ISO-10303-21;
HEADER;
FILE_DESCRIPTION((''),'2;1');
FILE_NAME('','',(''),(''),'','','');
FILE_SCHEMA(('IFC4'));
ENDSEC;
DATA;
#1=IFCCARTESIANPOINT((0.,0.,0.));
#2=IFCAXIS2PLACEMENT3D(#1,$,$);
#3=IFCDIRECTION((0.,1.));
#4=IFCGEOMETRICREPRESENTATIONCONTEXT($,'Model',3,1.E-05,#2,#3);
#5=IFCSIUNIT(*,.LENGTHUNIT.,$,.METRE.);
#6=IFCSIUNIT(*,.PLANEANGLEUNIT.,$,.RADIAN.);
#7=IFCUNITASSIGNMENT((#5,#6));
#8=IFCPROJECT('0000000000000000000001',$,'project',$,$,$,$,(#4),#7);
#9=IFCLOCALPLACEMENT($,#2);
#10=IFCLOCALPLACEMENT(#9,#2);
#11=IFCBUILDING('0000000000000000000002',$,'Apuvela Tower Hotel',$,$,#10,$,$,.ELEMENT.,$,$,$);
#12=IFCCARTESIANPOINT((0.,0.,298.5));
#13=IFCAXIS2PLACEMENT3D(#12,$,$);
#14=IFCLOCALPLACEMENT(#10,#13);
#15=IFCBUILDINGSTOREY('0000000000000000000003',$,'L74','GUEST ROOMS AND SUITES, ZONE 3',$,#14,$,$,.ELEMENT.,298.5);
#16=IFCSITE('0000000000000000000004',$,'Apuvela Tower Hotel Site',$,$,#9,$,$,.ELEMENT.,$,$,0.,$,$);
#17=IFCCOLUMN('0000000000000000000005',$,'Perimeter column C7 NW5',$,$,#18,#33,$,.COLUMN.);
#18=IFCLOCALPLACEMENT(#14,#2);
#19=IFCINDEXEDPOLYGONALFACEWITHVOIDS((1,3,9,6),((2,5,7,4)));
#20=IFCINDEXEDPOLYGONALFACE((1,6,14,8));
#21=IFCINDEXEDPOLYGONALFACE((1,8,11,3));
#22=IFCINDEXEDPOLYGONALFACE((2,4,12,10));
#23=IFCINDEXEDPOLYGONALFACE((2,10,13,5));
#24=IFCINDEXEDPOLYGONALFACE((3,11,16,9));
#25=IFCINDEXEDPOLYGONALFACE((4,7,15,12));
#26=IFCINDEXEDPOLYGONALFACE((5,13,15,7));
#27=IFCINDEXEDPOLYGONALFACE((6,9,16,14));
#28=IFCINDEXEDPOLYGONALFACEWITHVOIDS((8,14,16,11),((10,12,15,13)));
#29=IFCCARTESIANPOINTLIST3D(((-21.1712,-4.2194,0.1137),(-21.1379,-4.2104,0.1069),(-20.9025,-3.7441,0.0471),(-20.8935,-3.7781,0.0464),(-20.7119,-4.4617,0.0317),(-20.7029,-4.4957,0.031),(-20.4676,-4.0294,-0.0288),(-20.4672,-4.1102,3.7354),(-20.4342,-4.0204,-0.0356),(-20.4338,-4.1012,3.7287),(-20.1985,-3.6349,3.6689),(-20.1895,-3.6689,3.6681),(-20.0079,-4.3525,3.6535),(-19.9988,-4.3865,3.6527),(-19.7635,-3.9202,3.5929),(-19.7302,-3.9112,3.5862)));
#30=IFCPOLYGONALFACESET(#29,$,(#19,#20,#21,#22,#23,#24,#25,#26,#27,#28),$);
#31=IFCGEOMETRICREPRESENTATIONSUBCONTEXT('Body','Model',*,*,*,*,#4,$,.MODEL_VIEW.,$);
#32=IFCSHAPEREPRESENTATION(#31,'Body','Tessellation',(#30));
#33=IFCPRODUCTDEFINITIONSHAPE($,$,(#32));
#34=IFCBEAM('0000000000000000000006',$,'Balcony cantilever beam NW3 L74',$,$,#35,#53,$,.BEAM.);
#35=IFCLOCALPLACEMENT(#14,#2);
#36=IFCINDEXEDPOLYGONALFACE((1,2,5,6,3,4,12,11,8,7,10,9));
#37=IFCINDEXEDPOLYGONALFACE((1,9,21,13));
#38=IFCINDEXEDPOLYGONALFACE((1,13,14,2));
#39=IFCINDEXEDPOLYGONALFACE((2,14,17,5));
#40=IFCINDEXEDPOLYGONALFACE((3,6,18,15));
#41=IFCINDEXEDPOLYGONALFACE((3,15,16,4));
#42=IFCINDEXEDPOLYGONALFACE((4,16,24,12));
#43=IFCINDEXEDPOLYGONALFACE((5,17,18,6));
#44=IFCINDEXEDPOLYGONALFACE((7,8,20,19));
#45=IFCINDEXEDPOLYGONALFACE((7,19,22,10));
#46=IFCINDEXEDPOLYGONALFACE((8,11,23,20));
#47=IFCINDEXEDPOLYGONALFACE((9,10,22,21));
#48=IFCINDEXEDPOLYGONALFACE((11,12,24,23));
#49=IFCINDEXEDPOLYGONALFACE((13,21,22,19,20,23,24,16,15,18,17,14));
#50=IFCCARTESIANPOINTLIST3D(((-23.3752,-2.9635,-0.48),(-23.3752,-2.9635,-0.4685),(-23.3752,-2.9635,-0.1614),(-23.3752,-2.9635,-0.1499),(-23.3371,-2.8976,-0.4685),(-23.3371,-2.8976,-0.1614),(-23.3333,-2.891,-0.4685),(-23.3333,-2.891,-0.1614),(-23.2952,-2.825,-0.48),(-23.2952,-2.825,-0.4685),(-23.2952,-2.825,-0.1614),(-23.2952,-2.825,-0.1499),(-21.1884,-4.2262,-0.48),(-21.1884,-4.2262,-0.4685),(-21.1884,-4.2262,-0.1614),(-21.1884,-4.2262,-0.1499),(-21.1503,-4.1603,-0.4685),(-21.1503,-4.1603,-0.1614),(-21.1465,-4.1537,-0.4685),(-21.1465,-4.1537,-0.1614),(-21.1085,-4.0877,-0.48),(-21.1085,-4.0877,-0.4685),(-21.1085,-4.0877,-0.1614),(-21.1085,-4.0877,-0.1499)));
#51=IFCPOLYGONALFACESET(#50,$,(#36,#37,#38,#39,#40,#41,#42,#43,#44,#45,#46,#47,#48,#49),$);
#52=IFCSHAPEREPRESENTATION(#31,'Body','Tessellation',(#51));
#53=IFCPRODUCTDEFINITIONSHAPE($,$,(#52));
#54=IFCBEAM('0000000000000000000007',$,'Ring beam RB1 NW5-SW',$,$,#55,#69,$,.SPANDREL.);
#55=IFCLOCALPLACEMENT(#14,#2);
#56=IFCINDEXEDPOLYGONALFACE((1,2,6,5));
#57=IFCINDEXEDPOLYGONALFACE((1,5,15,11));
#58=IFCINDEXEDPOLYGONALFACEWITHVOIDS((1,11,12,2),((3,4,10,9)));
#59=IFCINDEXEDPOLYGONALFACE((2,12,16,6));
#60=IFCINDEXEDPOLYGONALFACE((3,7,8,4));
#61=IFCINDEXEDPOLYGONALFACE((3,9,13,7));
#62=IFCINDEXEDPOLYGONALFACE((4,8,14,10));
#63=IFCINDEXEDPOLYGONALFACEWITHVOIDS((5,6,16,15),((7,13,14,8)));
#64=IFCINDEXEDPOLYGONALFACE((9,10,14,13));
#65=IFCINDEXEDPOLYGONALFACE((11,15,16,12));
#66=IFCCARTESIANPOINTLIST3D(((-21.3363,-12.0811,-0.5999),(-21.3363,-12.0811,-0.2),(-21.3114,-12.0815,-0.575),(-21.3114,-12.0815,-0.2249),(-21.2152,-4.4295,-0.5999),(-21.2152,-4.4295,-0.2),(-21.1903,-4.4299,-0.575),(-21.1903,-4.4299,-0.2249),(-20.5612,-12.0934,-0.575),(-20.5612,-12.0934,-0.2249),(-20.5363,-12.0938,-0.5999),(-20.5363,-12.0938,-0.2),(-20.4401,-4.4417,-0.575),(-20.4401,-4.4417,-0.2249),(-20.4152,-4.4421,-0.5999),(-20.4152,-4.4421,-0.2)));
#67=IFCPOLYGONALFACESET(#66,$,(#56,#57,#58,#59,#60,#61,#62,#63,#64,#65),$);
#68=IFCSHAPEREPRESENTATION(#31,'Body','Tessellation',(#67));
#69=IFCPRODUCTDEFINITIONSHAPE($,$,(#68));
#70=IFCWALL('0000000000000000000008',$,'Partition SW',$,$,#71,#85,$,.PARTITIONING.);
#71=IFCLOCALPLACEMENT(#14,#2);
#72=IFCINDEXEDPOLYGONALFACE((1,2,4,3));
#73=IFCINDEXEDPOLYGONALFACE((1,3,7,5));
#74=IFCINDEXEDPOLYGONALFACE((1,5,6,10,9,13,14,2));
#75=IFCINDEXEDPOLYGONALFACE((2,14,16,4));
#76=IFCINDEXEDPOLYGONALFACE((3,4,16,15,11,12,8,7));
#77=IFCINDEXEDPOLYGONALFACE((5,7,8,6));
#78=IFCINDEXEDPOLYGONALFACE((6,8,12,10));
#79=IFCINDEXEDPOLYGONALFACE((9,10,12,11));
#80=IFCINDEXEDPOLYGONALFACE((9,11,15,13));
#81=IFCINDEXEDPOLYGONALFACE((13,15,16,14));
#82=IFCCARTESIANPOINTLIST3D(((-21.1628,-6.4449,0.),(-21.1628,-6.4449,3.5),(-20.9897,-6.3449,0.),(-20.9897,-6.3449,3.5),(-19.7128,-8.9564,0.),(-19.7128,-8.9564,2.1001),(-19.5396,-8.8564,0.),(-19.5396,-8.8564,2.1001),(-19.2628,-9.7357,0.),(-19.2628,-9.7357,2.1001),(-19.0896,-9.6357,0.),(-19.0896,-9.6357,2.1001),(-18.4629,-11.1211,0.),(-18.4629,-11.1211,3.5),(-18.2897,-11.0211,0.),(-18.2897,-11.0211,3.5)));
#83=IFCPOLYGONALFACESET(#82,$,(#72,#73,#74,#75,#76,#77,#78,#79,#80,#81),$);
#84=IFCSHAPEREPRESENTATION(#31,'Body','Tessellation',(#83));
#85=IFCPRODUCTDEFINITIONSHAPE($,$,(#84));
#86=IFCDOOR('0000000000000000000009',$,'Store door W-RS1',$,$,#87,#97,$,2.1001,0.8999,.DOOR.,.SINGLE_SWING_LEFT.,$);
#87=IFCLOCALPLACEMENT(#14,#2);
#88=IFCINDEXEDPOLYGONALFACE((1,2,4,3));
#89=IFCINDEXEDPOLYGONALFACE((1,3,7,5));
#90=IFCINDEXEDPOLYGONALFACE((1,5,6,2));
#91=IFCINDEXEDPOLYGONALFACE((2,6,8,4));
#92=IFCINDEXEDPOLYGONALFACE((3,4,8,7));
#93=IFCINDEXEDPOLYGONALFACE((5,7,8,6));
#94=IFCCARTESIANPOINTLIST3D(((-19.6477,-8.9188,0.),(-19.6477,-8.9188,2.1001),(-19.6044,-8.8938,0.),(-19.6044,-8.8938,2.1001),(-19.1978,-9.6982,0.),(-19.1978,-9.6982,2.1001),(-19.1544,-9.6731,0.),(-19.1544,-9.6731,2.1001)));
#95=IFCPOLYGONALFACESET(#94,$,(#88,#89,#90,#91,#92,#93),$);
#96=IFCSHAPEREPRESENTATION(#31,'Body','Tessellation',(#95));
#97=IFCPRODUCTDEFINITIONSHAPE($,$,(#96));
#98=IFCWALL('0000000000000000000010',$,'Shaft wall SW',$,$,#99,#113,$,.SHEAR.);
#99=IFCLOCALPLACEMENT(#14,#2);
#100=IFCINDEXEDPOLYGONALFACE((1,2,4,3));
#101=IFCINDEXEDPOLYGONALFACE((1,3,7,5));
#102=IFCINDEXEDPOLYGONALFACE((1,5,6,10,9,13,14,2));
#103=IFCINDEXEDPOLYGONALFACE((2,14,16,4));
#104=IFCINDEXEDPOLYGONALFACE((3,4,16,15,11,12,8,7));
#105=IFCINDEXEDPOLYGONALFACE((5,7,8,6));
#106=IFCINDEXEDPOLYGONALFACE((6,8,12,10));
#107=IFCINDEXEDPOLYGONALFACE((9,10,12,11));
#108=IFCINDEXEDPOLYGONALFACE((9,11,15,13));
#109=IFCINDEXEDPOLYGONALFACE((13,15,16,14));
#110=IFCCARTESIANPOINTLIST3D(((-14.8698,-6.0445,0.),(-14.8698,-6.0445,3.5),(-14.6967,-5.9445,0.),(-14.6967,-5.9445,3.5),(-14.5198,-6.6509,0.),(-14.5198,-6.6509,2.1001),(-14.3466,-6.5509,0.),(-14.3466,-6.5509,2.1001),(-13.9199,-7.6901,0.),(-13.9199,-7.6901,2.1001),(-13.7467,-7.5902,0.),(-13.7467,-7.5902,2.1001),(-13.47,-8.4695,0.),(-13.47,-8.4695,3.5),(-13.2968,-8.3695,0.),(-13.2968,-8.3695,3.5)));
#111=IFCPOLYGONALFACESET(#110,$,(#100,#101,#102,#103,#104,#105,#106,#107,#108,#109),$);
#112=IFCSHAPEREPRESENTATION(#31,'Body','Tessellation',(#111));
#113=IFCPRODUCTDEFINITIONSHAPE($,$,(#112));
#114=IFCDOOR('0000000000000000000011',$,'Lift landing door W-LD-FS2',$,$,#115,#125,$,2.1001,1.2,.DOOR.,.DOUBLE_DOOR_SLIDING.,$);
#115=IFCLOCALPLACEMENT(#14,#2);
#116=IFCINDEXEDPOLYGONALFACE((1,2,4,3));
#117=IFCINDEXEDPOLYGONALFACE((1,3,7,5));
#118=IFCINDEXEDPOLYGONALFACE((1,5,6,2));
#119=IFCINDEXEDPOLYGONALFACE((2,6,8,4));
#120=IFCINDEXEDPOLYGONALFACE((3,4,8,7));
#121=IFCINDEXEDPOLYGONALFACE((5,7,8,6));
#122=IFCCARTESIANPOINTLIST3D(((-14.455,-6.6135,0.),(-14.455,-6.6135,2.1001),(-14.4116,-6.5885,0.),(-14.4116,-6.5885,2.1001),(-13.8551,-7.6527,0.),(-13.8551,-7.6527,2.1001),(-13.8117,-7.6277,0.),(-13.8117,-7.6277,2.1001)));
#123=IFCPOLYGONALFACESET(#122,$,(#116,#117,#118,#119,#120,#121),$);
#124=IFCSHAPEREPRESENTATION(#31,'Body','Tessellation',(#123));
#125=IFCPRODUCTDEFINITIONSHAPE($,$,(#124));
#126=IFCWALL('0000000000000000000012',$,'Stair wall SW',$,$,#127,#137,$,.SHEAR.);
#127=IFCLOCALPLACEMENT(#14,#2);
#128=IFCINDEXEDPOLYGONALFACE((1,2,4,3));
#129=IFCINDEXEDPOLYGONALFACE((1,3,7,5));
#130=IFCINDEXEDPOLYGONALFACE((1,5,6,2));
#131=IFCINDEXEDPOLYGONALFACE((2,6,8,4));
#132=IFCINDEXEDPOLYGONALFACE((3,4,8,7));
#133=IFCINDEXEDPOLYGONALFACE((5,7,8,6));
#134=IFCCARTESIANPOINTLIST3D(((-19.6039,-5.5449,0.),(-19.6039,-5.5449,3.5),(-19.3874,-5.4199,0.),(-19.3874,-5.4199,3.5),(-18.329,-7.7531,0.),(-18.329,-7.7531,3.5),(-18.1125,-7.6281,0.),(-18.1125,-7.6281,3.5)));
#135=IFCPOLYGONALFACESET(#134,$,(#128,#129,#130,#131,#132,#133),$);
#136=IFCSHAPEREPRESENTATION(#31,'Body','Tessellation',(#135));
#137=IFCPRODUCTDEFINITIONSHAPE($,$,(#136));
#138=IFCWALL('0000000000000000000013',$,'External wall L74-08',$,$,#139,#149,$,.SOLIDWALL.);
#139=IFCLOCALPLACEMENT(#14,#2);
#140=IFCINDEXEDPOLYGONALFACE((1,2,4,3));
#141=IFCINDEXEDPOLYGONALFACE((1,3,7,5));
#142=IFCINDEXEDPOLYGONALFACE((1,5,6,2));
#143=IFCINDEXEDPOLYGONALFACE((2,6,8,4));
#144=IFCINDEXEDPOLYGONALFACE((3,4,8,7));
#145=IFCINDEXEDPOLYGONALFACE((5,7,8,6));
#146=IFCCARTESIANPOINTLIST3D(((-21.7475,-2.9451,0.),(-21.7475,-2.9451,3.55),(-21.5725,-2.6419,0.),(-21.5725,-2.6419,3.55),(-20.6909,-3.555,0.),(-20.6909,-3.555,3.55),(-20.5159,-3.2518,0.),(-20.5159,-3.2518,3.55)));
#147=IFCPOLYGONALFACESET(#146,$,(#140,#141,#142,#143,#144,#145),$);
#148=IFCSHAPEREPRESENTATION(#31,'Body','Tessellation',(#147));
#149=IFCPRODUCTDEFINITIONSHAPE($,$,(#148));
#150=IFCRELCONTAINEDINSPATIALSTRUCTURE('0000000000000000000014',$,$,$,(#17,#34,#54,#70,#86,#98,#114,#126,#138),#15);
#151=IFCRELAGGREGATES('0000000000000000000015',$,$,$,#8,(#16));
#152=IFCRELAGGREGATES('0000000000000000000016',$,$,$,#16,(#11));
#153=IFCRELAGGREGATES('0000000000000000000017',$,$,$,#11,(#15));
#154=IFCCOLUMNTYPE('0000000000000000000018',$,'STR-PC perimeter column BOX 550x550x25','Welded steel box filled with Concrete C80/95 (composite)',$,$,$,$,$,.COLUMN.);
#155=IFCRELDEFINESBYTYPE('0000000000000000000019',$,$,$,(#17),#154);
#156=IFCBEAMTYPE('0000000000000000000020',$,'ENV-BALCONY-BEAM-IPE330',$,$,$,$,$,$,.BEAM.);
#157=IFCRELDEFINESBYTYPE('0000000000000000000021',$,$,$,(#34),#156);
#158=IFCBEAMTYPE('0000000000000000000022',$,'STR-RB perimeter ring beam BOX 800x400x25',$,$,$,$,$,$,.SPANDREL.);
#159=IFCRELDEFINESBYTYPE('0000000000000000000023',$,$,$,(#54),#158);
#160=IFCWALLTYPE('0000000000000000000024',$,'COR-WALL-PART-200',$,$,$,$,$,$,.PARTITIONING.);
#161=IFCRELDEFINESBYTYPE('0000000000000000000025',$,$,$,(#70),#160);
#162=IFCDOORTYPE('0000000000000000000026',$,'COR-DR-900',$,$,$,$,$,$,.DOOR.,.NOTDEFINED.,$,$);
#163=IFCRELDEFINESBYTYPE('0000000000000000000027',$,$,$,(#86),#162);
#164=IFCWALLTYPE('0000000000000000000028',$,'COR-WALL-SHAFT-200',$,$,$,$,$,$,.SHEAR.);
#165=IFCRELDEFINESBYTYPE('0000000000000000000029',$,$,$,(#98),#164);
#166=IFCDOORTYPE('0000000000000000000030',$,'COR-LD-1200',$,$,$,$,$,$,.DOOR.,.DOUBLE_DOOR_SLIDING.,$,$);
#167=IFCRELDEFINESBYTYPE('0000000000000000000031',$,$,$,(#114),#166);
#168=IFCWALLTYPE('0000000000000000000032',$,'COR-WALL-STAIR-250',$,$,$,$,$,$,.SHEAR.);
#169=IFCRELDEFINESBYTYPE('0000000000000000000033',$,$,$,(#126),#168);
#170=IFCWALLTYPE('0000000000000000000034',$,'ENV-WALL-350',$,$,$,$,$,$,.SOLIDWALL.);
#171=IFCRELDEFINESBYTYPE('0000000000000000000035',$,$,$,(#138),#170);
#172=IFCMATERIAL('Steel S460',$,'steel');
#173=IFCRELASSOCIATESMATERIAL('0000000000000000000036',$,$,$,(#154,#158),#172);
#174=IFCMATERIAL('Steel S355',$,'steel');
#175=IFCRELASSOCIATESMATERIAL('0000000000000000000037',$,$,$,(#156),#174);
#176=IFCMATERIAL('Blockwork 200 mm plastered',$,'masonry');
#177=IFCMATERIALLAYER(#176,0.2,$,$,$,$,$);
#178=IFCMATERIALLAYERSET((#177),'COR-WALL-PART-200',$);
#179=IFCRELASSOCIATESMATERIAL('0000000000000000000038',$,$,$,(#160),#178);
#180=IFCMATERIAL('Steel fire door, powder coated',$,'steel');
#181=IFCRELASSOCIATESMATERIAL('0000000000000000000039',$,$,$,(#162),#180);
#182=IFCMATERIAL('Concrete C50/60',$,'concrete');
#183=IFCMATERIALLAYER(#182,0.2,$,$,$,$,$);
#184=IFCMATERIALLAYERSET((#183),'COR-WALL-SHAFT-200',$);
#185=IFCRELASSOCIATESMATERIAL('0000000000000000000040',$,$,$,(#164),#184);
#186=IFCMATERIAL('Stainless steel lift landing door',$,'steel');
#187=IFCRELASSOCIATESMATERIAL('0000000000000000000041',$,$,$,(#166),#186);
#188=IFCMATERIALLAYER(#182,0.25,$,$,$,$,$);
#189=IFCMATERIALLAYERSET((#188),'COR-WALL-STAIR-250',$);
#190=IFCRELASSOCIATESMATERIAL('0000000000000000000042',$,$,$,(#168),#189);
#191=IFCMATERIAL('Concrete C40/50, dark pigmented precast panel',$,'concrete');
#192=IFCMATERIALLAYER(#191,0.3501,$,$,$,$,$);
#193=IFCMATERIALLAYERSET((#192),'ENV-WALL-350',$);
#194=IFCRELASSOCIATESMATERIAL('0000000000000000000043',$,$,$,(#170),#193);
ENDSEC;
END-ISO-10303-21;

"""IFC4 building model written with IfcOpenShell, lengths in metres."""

from ifc_helpers import new_model, si_unit, direction, frame, frame_2d, origin, origin_2d, place, context, subcontext, project, spatial, rectangle, hollow_rectangle, i_section, extrude, boolean, halfspace, material, layer, layer_set, material_profile, profile_set, type_object, element, fill, save


model = new_model("IFC4")

# Units and contexts
model_context = context("Model", 3, precision=1e-05, world=origin(), true_north=direction((0.0, 1.0)))
body_context = subcontext(model_context, "Body", "Model", "MODEL_VIEW")
ifc_project = project(units=[si_unit("LENGTHUNIT", "METRE"), si_unit("PLANEANGLEUNIT", "RADIAN")], contexts=[model_context])

# Site, building, storey
site_placement = place(None, origin())
site = spatial("IfcSite", under=ifc_project, at=site_placement, Name="Apuvela Tower Hotel Site", CompositionType="ELEMENT", RefElevation=0.0)
building_placement = place(site_placement, origin())
building = spatial("IfcBuilding", under=site, at=building_placement, Name="Apuvela Tower Hotel", CompositionType="ELEMENT")
storey_placement = place(building_placement, frame((0.0, 0.0, 298.5)))
storey = spatial("IfcBuildingStorey", under=building, at=storey_placement, Name="L74", Description="GUEST ROOMS AND SUITES, ZONE 3", CompositionType="ELEMENT", Elevation=298.5)

# Column
ifc_material_1 = material(Name="Steel S460", Category="steel")
ifc_material_profile_1 = material_profile(ifc_material_1, hollow_rectangle(XDim=0.55, YDim=0.55, WallThickness=0.0249, at=origin_2d()), Name="BOX 550x550x25")
ifc_material_2 = material(Name="Concrete C80/95", Category="concrete")
ifc_material_profile_2 = material_profile(ifc_material_2, rectangle(XDim=0.5, YDim=0.5, at=origin_2d()), Name="Concrete C80/95 infill")
ifc_profile_set_1 = profile_set([ifc_material_profile_1, ifc_material_profile_2], Name="Steel S460")
column_type = type_object("IfcColumnType", Name="STR-PC perimeter column BOX 550x550x25", Description="Welded steel box filled with Concrete C80/95 (composite)", PredefinedType="COLUMN", material=ifc_profile_set_1)
column_placement = place(storey_placement, frame((-20.8103, -4.1211, 0.0), z_axis=(0.190736, 0.029588, 0.981195), x_axis=(-0.488489, -0.864137, 0.121016)))
element("IfcColumn", 1, at=column_placement, inside=storey, type_object=column_type, Name="Perimeter column C7 NW5", PredefinedType="COLUMN", context=body_context, shape_type="SweptSolid", body=[
    boolean("DIFFERENCE", boolean("DIFFERENCE", extrude(hollow_rectangle(XDim=0.55, YDim=0.55, WallThickness=0.0249, at=origin_2d()), origin(), (0.0, 0.0, 1.0), 3.7708), halfspace(frame((0.0, 0.0, 0.0398), z_axis=(0.0, 0.0, 1.0), x_axis=(1.0, 0.0, 0.0)), True)), halfspace(frame((0.0, 0.0, 3.731), z_axis=(0.0, 0.0, 1.0), x_axis=(1.0, 0.0, 0.0)), False)),
])

# Beams
ifc_material_3 = material(Name="Steel S355", Category="steel")
ifc_material_profile_3 = material_profile(ifc_material_3, i_section(OverallWidth=0.1599, OverallDepth=0.3301, WebThickness=0.0076, FlangeThickness=0.0115, at=origin_2d()), Name="IPE 330")
ifc_profile_set_2 = profile_set([ifc_material_profile_3], Name="Steel S355")
beam_type_1 = type_object("IfcBeamType", Name="ENV-BALCONY-BEAM-IPE330", PredefinedType="BEAM", material=ifc_profile_set_2)
beam_1_placement = place(storey_placement, frame((-21.1484, -4.157, -0.3149), z_axis=(-0.865997, 0.500049, 0.0), x_axis=(-0.500049, -0.865997, 0.0)))
element("IfcBeam", 2, at=beam_1_placement, inside=storey, type_object=beam_type_1, Name="Balcony cantilever beam NW3 L74", PredefinedType="BEAM", context=body_context, shape_type="SweptSolid", body=[
    extrude(i_section(OverallWidth=0.1599, OverallDepth=0.3301, WebThickness=0.0076, FlangeThickness=0.0115, at=origin_2d()), origin(), (0.0, 0.0, 1.0), 2.5251),
])
ifc_material_profile_4 = material_profile(ifc_material_1, hollow_rectangle(XDim=0.8, YDim=0.3999, WallThickness=0.0249, at=origin_2d()), Name="BOX 800x400x25")
ifc_profile_set_3 = profile_set([ifc_material_profile_4], Name="Steel S460")
beam_type_2 = type_object("IfcBeamType", Name="STR-RB perimeter ring beam BOX 800x400x25", PredefinedType="SPANDREL", material=ifc_profile_set_3)
beam_2_placement = place(storey_placement, frame((-20.8152, -4.4358, -0.3999), z_axis=(-0.015824, -0.999875, 0.0), x_axis=(0.999875, -0.015824, 0.0)))
element("IfcBeam", 3, at=beam_2_placement, inside=storey, type_object=beam_type_2, Name="Ring beam RB1 NW5-SW", PredefinedType="SPANDREL", context=body_context, shape_type="SweptSolid", body=[
    extrude(hollow_rectangle(XDim=0.8, YDim=0.3999, WallThickness=0.0249, at=origin_2d()), origin(), (0.0, 0.0, 1.0), 7.6526),
])

# Walls, openings, doors
ifc_material_4 = material(Name="Blockwork 200 mm plastered", Category="masonry")
ifc_layer_1 = layer(ifc_material_4, 0.2)
ifc_layer_set_1 = layer_set([ifc_layer_1], Name="COR-WALL-PART-200")
wall_type_1 = type_object("IfcWallType", Name="COR-WALL-PART-200", PredefinedType="PARTITIONING", material=ifc_layer_set_1)
wall_1_placement = place(storey_placement, frame((-21.0762, -6.395, 0.0), z_axis=(0.0, 0.0, 1.0), x_axis=(0.500015, -0.866017, 0.0)))
wall_1 = element("IfcWall", 4, at=wall_1_placement, inside=storey, type_object=wall_type_1, Name="Partition SW", PredefinedType="PARTITIONING", context=body_context, shape_type="SweptSolid", body=[
    extrude(rectangle(XDim=5.3997, YDim=0.2, at=frame_2d((2.6997, 0.0))), origin(), (0.0, 0.0, 1.0), 3.5),
])
opening_1_placement = place(wall_1_placement, frame((2.8999, 0.0, 0.0)))
opening_1 = element("IfcOpeningElement", 5, at=opening_1_placement, cuts=wall_1, PredefinedType="OPENING", context=body_context, shape_type="SweptSolid", body=[
    extrude(rectangle(XDim=0.8999, YDim=2.1001, at=frame_2d((0.45, 1.05))), frame((0.0, 0.1099, 0.0), z_axis=(0.0, -1.0, 0.0), x_axis=(1.0, 0.0, 0.0)), (0.0, 0.0, 1.0), 0.22),
])
ifc_material_5 = material(Name="Steel fire door, powder coated", Category="steel")
door_type_1 = type_object("IfcDoorType", Name="COR-DR-900", OperationType="NOTDEFINED", PredefinedType="DOOR", material=ifc_material_5)
door_1_placement = place(opening_1_placement, frame((0.8999, 0.0, 0.0), z_axis=(0.0, 0.0, 1.0), x_axis=(-1.0, 0.0, 0.0)))
door_1 = element("IfcDoor", 6, at=door_1_placement, inside=storey, type_object=door_type_1, Name="Store door W-RS1", OperationType="SINGLE_SWING_LEFT", OverallHeight=2.1001, OverallWidth=0.8999, PredefinedType="DOOR", context=body_context, shape_type="SweptSolid", body=[
    extrude(rectangle(XDim=0.8999, YDim=2.1001, at=frame_2d((0.45, 1.05))), frame((0.0, 0.0249, 0.0), z_axis=(0.0, -1.0, 0.0), x_axis=(1.0, 0.0, 0.0)), (0.0, 0.0, 1.0), 0.05),
])
fill(opening_1, door_1)
ifc_material_6 = material(Name="Concrete C50/60", Category="concrete")
ifc_layer_2 = layer(ifc_material_6, 0.2)
ifc_layer_set_2 = layer_set([ifc_layer_2], Name="COR-WALL-SHAFT-200")
wall_type_2 = type_object("IfcWallType", Name="COR-WALL-SHAFT-200", PredefinedType="SHEAR", material=ifc_layer_set_2)
wall_2_placement = place(storey_placement, frame((-14.7832, -5.9946, 0.0), z_axis=(0.0, 0.0, 1.0), x_axis=(0.499946, -0.866056, 0.0)))
wall_2 = element("IfcWall", 7, at=wall_2_placement, inside=storey, type_object=wall_type_2, Name="Shaft wall SW", PredefinedType="SHEAR", context=body_context, shape_type="SweptSolid", body=[
    extrude(rectangle(XDim=2.8, YDim=0.2, at=frame_2d((1.3999, 0.0))), origin(), (0.0, 0.0, 1.0), 3.5),
])
opening_2_placement = place(wall_2_placement, frame((0.7, 0.0, 0.0)))
opening_2 = element("IfcOpeningElement", 8, at=opening_2_placement, cuts=wall_2, PredefinedType="OPENING", context=body_context, shape_type="SweptSolid", body=[
    extrude(rectangle(XDim=1.2, YDim=2.1001, at=frame_2d((0.6001, 1.05))), frame((0.0, 0.1099, 0.0), z_axis=(0.0, -1.0, 0.0), x_axis=(1.0, 0.0, 0.0)), (0.0, 0.0, 1.0), 0.22),
])
ifc_material_7 = material(Name="Stainless steel lift landing door", Category="steel")
door_type_2 = type_object("IfcDoorType", Name="COR-LD-1200", OperationType="DOUBLE_DOOR_SLIDING", PredefinedType="DOOR", material=ifc_material_7)
door_2_placement = place(opening_2_placement, origin())
door_2 = element("IfcDoor", 9, at=door_2_placement, inside=storey, type_object=door_type_2, Name="Lift landing door W-LD-FS2", OperationType="DOUBLE_DOOR_SLIDING", OverallHeight=2.1001, OverallWidth=1.2, PredefinedType="DOOR", context=body_context, shape_type="SweptSolid", body=[
    extrude(rectangle(XDim=1.2, YDim=2.1001, at=frame_2d((0.6001, 1.05))), frame((0.0, 0.0249, 0.0), z_axis=(0.0, -1.0, 0.0), x_axis=(1.0, 0.0, 0.0)), (0.0, 0.0, 1.0), 0.05),
])
fill(opening_2, door_2)

# Walls
ifc_layer_3 = layer(ifc_material_6, 0.25)
ifc_layer_set_3 = layer_set([ifc_layer_3], Name="COR-WALL-STAIR-250")
wall_type_3 = type_object("IfcWallType", Name="COR-WALL-STAIR-250", PredefinedType="SHEAR", material=ifc_layer_set_3)
wall_3_placement = place(storey_placement, frame((-19.4956, -5.4824, 0.0), z_axis=(0.0, 0.0, 1.0), x_axis=(0.49999, -0.866031, 0.0)))
element("IfcWall", 10, at=wall_3_placement, inside=storey, type_object=wall_type_3, Name="Stair wall SW", PredefinedType="SHEAR", context=body_context, shape_type="SweptSolid", body=[
    extrude(rectangle(XDim=2.5498, YDim=0.25, at=frame_2d((1.2749, 0.0))), origin(), (0.0, 0.0, 1.0), 3.5),
])
ifc_material_8 = material(Name="Concrete C40/50, dark pigmented precast panel", Category="concrete")
ifc_layer_4 = layer(ifc_material_8, 0.3501)
ifc_layer_set_4 = layer_set([ifc_layer_4], Name="ENV-WALL-350")
wall_type_4 = type_object("IfcWallType", Name="ENV-WALL-350", PredefinedType="SOLIDWALL", material=ifc_layer_set_4)
wall_4_placement = place(storey_placement, frame((-20.6035, -3.4033, 0.0), z_axis=(0.0, 0.0, 1.0), x_axis=(-0.866092, 0.499884, 0.0)))
element("IfcWall", 11, at=wall_4_placement, inside=storey, type_object=wall_type_4, Name="External wall L74-08", PredefinedType="SOLIDWALL", context=body_context, shape_type="SweptSolid", body=[
    extrude(rectangle(XDim=1.22, YDim=0.3501, at=frame_2d((0.6099, 0.0))), origin(), (0.0, 0.0, 1.0), 3.55),
])

save(model, "model.ifc")
